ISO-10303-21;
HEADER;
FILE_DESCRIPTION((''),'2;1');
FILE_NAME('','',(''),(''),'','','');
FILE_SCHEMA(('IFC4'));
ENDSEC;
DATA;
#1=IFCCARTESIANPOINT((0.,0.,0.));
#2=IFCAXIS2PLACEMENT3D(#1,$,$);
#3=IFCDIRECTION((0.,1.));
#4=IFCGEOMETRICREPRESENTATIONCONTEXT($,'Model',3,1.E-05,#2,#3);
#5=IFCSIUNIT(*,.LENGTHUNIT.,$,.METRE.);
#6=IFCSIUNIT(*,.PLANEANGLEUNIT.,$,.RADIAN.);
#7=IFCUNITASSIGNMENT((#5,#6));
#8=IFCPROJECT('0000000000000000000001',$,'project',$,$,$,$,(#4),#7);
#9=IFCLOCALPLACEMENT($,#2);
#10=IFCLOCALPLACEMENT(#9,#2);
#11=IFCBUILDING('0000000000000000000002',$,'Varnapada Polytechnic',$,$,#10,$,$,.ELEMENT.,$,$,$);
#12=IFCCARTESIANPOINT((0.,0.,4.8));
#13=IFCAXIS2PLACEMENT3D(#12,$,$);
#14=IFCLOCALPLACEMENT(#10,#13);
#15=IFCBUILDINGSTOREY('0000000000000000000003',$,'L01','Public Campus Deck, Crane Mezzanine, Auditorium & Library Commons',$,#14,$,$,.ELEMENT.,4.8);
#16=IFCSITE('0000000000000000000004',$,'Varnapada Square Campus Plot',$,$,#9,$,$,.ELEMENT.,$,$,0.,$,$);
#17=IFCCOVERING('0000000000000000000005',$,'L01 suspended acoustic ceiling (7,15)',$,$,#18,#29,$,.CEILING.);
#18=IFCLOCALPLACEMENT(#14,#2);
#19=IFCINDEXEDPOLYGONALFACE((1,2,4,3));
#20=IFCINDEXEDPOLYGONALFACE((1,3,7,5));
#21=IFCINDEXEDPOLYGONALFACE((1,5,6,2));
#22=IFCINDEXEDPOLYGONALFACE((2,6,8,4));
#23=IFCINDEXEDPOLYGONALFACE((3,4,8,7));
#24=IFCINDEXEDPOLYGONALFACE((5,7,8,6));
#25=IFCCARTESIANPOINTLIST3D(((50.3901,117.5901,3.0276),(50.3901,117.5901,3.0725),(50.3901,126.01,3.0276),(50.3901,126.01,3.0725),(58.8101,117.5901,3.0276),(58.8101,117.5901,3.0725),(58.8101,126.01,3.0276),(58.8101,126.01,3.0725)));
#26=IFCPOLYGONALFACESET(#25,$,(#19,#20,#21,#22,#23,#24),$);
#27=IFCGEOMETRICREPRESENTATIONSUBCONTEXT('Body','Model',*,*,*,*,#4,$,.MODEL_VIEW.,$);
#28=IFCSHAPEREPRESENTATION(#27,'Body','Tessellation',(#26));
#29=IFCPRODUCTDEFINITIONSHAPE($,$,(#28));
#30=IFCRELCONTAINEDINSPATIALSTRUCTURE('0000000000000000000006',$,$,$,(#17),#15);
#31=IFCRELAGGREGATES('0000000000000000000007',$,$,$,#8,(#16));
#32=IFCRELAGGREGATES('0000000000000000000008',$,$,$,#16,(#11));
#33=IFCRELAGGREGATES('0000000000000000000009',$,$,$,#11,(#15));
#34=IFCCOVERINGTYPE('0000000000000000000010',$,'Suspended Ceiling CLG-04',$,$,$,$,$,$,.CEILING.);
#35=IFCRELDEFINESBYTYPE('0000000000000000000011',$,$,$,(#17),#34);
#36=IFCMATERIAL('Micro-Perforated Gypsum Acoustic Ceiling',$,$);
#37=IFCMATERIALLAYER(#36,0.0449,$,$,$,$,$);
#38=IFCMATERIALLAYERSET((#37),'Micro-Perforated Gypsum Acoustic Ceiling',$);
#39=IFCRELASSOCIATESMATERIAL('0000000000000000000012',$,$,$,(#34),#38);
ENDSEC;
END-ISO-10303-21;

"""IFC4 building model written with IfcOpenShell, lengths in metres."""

from ifc_helpers import new_model, si_unit, direction, frame, origin, origin_2d, place, context, subcontext, project, spatial, rectangle, extrude, material, layer, layer_set, type_object, element, save


model = new_model("IFC4")

# Units and contexts
model_context = context("Model", 3, precision=1e-05, world=origin(), true_north=direction((0.0, 1.0)))
body_context = subcontext(model_context, "Body", "Model", "MODEL_VIEW")
ifc_project = project(units=[si_unit("LENGTHUNIT", "METRE"), si_unit("PLANEANGLEUNIT", "RADIAN")], contexts=[model_context])

# Site, building, storey
site_placement = place(None, origin())
site = spatial("IfcSite", under=ifc_project, at=site_placement, Name="Varnapada Square Campus Plot", CompositionType="ELEMENT", RefElevation=0.0)
building_placement = place(site_placement, origin())
building = spatial("IfcBuilding", under=site, at=building_placement, Name="Varnapada Polytechnic", CompositionType="ELEMENT")
storey_placement = place(building_placement, frame((0.0, 0.0, 4.8)))
storey = spatial("IfcBuildingStorey", under=building, at=storey_placement, Name="L01", Description="Public Campus Deck, Crane Mezzanine, Auditorium & Library Commons", CompositionType="ELEMENT", Elevation=4.8)

# Covering
ifc_material_1 = material(Name="Micro-Perforated Gypsum Acoustic Ceiling")
ifc_layer_1 = layer(ifc_material_1, 0.0449)
ifc_layer_set_1 = layer_set([ifc_layer_1], Name="Micro-Perforated Gypsum Acoustic Ceiling")
covering_type = type_object("IfcCoveringType", Name="Suspended Ceiling CLG-04", PredefinedType="CEILING", material=ifc_layer_set_1)
covering_placement = place(storey_placement, frame((54.6001, 121.8, 3.0276), z_axis=(0.0, 0.0, 1.0), x_axis=(1.0, 0.0, 0.0)))
element("IfcCovering", 1, at=covering_placement, inside=storey, type_object=covering_type, Name="L01 suspended acoustic ceiling (7,15)", PredefinedType="CEILING", context=body_context, shape_type="SweptSolid", body=[
    extrude(rectangle(XDim=8.4199, YDim=8.4199, at=origin_2d()), origin(), (0.0, 0.0, 1.0), 0.0449),
])

save(model, "model.ifc")
